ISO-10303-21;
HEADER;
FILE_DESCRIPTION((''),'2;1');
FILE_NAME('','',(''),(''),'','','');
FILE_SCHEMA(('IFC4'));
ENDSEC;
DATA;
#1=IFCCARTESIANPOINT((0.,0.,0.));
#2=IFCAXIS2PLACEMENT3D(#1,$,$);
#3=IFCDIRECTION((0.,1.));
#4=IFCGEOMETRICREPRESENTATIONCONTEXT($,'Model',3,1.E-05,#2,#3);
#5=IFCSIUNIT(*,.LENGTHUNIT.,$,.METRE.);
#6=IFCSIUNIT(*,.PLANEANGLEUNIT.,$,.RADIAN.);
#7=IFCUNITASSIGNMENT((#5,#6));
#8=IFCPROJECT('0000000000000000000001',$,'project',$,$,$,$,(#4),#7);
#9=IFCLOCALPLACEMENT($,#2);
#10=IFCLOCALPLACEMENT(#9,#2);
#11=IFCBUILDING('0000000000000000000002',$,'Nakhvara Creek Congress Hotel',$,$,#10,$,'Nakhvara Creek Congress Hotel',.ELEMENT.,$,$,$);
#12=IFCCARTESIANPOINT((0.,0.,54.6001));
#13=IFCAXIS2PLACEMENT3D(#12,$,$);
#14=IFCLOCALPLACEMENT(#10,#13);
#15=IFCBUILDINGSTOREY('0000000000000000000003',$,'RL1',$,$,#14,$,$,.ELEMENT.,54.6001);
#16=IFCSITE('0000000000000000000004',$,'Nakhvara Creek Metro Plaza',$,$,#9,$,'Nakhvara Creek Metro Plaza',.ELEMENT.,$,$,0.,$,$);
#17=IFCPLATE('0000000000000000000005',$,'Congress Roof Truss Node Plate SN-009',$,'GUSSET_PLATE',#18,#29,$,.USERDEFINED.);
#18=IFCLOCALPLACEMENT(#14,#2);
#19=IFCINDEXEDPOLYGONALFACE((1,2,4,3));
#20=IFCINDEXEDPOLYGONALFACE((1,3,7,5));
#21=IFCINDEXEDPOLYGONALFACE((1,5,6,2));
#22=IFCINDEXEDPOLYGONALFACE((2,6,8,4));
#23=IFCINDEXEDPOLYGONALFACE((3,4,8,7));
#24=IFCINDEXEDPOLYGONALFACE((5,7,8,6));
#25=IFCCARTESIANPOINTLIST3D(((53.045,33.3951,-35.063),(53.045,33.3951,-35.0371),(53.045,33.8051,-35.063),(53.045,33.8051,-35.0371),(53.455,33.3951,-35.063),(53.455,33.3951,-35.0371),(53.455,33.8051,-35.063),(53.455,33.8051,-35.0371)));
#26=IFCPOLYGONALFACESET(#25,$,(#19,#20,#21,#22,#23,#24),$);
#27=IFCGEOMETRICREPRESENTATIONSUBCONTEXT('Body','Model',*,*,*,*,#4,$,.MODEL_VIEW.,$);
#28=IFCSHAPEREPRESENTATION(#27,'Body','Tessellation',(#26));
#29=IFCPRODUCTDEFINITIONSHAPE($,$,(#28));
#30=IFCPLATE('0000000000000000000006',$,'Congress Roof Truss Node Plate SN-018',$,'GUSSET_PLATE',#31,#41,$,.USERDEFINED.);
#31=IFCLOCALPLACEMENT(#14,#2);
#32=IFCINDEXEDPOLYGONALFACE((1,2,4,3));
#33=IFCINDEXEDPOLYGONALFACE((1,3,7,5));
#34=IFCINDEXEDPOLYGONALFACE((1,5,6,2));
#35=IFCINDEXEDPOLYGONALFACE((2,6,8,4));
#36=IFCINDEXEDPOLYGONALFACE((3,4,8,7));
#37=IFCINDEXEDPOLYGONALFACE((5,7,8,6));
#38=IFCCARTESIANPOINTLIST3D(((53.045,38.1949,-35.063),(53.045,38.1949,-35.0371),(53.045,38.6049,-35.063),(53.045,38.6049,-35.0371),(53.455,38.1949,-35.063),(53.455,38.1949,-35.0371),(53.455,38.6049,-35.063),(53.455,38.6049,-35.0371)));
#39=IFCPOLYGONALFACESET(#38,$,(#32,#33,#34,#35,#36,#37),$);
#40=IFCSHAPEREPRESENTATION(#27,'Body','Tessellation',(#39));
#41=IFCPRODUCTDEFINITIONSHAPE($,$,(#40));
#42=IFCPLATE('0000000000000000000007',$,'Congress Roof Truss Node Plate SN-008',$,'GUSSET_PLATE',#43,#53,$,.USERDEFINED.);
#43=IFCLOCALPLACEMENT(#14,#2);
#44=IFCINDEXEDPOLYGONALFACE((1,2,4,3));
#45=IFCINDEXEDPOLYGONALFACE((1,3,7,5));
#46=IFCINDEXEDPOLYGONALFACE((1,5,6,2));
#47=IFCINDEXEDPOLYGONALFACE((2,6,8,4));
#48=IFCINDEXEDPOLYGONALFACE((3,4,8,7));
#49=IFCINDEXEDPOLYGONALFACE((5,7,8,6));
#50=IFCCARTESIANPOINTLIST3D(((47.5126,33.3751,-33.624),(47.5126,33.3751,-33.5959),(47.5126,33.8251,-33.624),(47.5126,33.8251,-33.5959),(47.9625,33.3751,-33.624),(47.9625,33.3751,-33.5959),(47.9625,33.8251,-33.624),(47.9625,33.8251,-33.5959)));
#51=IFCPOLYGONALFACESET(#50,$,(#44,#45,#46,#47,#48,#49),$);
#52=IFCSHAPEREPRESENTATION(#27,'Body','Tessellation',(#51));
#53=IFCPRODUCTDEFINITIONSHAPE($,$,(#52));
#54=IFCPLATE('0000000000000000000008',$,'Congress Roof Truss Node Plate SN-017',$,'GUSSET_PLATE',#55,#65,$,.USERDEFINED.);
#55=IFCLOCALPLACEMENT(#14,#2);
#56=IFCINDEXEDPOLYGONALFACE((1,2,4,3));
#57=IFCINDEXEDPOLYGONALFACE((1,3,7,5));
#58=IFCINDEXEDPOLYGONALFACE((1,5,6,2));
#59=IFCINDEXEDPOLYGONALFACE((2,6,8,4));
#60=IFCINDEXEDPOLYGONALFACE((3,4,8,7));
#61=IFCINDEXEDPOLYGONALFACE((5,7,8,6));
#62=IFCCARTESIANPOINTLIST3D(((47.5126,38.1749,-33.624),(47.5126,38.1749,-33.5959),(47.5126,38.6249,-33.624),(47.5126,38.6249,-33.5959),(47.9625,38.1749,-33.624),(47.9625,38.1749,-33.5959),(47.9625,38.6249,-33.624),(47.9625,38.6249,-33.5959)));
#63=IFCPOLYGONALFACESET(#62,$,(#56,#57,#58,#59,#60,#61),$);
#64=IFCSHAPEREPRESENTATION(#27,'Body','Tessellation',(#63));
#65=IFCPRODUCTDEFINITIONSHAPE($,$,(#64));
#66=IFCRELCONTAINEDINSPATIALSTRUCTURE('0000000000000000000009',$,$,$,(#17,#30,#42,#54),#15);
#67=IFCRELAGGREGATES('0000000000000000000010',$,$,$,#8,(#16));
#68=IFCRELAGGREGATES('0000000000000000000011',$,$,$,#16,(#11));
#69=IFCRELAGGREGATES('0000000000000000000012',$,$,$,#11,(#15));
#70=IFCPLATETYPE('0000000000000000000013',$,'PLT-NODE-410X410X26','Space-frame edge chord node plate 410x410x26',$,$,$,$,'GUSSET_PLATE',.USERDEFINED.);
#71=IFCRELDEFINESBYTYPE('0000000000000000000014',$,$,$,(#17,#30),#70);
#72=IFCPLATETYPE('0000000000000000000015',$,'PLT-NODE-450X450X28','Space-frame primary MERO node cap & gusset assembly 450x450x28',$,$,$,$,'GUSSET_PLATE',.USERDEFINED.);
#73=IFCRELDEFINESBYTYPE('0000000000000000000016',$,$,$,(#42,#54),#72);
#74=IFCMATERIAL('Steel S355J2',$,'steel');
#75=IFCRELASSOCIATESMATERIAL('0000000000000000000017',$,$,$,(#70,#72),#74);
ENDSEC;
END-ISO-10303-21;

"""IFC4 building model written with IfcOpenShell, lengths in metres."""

from ifc_helpers import new_model, si_unit, direction, frame, origin, origin_2d, place, context, subcontext, project, spatial, rectangle, extrude, material, type_object, element, save


model = new_model("IFC4")

# Units and contexts
model_context = context("Model", 3, precision=1e-05, world=origin(), true_north=direction((0.0, 1.0)))
body_context = subcontext(model_context, "Body", "Model", "MODEL_VIEW")
ifc_project = project(units=[si_unit("LENGTHUNIT", "METRE"), si_unit("PLANEANGLEUNIT", "RADIAN")], contexts=[model_context])

# Site, building, storey
site_placement = place(None, origin())
site = spatial("IfcSite", under=ifc_project, at=site_placement, Name="Nakhvara Creek Metro Plaza", LongName="Nakhvara Creek Metro Plaza", CompositionType="ELEMENT", RefElevation=0.0)
building_placement = place(site_placement, origin())
building = spatial("IfcBuilding", under=site, at=building_placement, Name="Nakhvara Creek Congress Hotel", LongName="Nakhvara Creek Congress Hotel", CompositionType="ELEMENT")
storey_placement = place(building_placement, frame((0.0, 0.0, 54.6001)))
storey = spatial("IfcBuildingStorey", under=building, at=storey_placement, Name="RL1", CompositionType="ELEMENT", Elevation=54.6001)

# Plates
ifc_material_1 = material(Name="Steel S355J2", Category="steel")
plate_type_1 = type_object("IfcPlateType", Name="PLT-NODE-410X410X26", Description="Space-frame edge chord node plate 410x410x26", ElementType="GUSSET_PLATE", PredefinedType="USERDEFINED", material=ifc_material_1)
for number, where, z_axis, x_axis, name in (
    (1, (53.25, 33.6001, -35.063), (0.0, 0.0, 1.0), (1.0, 0.0, 0.0), "Congress Roof Truss Node Plate SN-009"),
    (2, (53.25, 38.3999, -35.063), (0.0, 0.0, 1.0), (1.0, 0.0, 0.0), "Congress Roof Truss Node Plate SN-018"),
):
    element("IfcPlate", number, at=place(storey_placement, frame(where, z_axis=z_axis, x_axis=x_axis)), inside=storey, type_object=plate_type_1, Name=name, ObjectType="GUSSET_PLATE", PredefinedType="USERDEFINED", context=body_context, shape_type="SweptSolid", body=[
        extrude(rectangle(XDim=0.4099, YDim=0.4099, at=origin_2d()), origin(), (0.0, 0.0, 1.0), 0.0259),
    ])
plate_type_2 = type_object("IfcPlateType", Name="PLT-NODE-450X450X28", Description="Space-frame primary MERO node cap & gusset assembly 450x450x28", ElementType="GUSSET_PLATE", PredefinedType="USERDEFINED", material=ifc_material_1)
for number, where, z_axis, x_axis, name in (
    (3, (47.7375, 33.6001, -33.624), (0.0, 0.0, 1.0), (1.0, 0.0, 0.0), "Congress Roof Truss Node Plate SN-008"),
    (4, (47.7375, 38.3999, -33.624), (0.0, 0.0, 1.0), (1.0, 0.0, 0.0), "Congress Roof Truss Node Plate SN-017"),
):
    element("IfcPlate", number, at=place(storey_placement, frame(where, z_axis=z_axis, x_axis=x_axis)), inside=storey, type_object=plate_type_2, Name=name, ObjectType="GUSSET_PLATE", PredefinedType="USERDEFINED", context=body_context, shape_type="SweptSolid", body=[
        extrude(rectangle(XDim=0.45, YDim=0.45, at=origin_2d()), origin(), (0.0, 0.0, 1.0), 0.0281),
    ])

save(model, "model.ifc")
